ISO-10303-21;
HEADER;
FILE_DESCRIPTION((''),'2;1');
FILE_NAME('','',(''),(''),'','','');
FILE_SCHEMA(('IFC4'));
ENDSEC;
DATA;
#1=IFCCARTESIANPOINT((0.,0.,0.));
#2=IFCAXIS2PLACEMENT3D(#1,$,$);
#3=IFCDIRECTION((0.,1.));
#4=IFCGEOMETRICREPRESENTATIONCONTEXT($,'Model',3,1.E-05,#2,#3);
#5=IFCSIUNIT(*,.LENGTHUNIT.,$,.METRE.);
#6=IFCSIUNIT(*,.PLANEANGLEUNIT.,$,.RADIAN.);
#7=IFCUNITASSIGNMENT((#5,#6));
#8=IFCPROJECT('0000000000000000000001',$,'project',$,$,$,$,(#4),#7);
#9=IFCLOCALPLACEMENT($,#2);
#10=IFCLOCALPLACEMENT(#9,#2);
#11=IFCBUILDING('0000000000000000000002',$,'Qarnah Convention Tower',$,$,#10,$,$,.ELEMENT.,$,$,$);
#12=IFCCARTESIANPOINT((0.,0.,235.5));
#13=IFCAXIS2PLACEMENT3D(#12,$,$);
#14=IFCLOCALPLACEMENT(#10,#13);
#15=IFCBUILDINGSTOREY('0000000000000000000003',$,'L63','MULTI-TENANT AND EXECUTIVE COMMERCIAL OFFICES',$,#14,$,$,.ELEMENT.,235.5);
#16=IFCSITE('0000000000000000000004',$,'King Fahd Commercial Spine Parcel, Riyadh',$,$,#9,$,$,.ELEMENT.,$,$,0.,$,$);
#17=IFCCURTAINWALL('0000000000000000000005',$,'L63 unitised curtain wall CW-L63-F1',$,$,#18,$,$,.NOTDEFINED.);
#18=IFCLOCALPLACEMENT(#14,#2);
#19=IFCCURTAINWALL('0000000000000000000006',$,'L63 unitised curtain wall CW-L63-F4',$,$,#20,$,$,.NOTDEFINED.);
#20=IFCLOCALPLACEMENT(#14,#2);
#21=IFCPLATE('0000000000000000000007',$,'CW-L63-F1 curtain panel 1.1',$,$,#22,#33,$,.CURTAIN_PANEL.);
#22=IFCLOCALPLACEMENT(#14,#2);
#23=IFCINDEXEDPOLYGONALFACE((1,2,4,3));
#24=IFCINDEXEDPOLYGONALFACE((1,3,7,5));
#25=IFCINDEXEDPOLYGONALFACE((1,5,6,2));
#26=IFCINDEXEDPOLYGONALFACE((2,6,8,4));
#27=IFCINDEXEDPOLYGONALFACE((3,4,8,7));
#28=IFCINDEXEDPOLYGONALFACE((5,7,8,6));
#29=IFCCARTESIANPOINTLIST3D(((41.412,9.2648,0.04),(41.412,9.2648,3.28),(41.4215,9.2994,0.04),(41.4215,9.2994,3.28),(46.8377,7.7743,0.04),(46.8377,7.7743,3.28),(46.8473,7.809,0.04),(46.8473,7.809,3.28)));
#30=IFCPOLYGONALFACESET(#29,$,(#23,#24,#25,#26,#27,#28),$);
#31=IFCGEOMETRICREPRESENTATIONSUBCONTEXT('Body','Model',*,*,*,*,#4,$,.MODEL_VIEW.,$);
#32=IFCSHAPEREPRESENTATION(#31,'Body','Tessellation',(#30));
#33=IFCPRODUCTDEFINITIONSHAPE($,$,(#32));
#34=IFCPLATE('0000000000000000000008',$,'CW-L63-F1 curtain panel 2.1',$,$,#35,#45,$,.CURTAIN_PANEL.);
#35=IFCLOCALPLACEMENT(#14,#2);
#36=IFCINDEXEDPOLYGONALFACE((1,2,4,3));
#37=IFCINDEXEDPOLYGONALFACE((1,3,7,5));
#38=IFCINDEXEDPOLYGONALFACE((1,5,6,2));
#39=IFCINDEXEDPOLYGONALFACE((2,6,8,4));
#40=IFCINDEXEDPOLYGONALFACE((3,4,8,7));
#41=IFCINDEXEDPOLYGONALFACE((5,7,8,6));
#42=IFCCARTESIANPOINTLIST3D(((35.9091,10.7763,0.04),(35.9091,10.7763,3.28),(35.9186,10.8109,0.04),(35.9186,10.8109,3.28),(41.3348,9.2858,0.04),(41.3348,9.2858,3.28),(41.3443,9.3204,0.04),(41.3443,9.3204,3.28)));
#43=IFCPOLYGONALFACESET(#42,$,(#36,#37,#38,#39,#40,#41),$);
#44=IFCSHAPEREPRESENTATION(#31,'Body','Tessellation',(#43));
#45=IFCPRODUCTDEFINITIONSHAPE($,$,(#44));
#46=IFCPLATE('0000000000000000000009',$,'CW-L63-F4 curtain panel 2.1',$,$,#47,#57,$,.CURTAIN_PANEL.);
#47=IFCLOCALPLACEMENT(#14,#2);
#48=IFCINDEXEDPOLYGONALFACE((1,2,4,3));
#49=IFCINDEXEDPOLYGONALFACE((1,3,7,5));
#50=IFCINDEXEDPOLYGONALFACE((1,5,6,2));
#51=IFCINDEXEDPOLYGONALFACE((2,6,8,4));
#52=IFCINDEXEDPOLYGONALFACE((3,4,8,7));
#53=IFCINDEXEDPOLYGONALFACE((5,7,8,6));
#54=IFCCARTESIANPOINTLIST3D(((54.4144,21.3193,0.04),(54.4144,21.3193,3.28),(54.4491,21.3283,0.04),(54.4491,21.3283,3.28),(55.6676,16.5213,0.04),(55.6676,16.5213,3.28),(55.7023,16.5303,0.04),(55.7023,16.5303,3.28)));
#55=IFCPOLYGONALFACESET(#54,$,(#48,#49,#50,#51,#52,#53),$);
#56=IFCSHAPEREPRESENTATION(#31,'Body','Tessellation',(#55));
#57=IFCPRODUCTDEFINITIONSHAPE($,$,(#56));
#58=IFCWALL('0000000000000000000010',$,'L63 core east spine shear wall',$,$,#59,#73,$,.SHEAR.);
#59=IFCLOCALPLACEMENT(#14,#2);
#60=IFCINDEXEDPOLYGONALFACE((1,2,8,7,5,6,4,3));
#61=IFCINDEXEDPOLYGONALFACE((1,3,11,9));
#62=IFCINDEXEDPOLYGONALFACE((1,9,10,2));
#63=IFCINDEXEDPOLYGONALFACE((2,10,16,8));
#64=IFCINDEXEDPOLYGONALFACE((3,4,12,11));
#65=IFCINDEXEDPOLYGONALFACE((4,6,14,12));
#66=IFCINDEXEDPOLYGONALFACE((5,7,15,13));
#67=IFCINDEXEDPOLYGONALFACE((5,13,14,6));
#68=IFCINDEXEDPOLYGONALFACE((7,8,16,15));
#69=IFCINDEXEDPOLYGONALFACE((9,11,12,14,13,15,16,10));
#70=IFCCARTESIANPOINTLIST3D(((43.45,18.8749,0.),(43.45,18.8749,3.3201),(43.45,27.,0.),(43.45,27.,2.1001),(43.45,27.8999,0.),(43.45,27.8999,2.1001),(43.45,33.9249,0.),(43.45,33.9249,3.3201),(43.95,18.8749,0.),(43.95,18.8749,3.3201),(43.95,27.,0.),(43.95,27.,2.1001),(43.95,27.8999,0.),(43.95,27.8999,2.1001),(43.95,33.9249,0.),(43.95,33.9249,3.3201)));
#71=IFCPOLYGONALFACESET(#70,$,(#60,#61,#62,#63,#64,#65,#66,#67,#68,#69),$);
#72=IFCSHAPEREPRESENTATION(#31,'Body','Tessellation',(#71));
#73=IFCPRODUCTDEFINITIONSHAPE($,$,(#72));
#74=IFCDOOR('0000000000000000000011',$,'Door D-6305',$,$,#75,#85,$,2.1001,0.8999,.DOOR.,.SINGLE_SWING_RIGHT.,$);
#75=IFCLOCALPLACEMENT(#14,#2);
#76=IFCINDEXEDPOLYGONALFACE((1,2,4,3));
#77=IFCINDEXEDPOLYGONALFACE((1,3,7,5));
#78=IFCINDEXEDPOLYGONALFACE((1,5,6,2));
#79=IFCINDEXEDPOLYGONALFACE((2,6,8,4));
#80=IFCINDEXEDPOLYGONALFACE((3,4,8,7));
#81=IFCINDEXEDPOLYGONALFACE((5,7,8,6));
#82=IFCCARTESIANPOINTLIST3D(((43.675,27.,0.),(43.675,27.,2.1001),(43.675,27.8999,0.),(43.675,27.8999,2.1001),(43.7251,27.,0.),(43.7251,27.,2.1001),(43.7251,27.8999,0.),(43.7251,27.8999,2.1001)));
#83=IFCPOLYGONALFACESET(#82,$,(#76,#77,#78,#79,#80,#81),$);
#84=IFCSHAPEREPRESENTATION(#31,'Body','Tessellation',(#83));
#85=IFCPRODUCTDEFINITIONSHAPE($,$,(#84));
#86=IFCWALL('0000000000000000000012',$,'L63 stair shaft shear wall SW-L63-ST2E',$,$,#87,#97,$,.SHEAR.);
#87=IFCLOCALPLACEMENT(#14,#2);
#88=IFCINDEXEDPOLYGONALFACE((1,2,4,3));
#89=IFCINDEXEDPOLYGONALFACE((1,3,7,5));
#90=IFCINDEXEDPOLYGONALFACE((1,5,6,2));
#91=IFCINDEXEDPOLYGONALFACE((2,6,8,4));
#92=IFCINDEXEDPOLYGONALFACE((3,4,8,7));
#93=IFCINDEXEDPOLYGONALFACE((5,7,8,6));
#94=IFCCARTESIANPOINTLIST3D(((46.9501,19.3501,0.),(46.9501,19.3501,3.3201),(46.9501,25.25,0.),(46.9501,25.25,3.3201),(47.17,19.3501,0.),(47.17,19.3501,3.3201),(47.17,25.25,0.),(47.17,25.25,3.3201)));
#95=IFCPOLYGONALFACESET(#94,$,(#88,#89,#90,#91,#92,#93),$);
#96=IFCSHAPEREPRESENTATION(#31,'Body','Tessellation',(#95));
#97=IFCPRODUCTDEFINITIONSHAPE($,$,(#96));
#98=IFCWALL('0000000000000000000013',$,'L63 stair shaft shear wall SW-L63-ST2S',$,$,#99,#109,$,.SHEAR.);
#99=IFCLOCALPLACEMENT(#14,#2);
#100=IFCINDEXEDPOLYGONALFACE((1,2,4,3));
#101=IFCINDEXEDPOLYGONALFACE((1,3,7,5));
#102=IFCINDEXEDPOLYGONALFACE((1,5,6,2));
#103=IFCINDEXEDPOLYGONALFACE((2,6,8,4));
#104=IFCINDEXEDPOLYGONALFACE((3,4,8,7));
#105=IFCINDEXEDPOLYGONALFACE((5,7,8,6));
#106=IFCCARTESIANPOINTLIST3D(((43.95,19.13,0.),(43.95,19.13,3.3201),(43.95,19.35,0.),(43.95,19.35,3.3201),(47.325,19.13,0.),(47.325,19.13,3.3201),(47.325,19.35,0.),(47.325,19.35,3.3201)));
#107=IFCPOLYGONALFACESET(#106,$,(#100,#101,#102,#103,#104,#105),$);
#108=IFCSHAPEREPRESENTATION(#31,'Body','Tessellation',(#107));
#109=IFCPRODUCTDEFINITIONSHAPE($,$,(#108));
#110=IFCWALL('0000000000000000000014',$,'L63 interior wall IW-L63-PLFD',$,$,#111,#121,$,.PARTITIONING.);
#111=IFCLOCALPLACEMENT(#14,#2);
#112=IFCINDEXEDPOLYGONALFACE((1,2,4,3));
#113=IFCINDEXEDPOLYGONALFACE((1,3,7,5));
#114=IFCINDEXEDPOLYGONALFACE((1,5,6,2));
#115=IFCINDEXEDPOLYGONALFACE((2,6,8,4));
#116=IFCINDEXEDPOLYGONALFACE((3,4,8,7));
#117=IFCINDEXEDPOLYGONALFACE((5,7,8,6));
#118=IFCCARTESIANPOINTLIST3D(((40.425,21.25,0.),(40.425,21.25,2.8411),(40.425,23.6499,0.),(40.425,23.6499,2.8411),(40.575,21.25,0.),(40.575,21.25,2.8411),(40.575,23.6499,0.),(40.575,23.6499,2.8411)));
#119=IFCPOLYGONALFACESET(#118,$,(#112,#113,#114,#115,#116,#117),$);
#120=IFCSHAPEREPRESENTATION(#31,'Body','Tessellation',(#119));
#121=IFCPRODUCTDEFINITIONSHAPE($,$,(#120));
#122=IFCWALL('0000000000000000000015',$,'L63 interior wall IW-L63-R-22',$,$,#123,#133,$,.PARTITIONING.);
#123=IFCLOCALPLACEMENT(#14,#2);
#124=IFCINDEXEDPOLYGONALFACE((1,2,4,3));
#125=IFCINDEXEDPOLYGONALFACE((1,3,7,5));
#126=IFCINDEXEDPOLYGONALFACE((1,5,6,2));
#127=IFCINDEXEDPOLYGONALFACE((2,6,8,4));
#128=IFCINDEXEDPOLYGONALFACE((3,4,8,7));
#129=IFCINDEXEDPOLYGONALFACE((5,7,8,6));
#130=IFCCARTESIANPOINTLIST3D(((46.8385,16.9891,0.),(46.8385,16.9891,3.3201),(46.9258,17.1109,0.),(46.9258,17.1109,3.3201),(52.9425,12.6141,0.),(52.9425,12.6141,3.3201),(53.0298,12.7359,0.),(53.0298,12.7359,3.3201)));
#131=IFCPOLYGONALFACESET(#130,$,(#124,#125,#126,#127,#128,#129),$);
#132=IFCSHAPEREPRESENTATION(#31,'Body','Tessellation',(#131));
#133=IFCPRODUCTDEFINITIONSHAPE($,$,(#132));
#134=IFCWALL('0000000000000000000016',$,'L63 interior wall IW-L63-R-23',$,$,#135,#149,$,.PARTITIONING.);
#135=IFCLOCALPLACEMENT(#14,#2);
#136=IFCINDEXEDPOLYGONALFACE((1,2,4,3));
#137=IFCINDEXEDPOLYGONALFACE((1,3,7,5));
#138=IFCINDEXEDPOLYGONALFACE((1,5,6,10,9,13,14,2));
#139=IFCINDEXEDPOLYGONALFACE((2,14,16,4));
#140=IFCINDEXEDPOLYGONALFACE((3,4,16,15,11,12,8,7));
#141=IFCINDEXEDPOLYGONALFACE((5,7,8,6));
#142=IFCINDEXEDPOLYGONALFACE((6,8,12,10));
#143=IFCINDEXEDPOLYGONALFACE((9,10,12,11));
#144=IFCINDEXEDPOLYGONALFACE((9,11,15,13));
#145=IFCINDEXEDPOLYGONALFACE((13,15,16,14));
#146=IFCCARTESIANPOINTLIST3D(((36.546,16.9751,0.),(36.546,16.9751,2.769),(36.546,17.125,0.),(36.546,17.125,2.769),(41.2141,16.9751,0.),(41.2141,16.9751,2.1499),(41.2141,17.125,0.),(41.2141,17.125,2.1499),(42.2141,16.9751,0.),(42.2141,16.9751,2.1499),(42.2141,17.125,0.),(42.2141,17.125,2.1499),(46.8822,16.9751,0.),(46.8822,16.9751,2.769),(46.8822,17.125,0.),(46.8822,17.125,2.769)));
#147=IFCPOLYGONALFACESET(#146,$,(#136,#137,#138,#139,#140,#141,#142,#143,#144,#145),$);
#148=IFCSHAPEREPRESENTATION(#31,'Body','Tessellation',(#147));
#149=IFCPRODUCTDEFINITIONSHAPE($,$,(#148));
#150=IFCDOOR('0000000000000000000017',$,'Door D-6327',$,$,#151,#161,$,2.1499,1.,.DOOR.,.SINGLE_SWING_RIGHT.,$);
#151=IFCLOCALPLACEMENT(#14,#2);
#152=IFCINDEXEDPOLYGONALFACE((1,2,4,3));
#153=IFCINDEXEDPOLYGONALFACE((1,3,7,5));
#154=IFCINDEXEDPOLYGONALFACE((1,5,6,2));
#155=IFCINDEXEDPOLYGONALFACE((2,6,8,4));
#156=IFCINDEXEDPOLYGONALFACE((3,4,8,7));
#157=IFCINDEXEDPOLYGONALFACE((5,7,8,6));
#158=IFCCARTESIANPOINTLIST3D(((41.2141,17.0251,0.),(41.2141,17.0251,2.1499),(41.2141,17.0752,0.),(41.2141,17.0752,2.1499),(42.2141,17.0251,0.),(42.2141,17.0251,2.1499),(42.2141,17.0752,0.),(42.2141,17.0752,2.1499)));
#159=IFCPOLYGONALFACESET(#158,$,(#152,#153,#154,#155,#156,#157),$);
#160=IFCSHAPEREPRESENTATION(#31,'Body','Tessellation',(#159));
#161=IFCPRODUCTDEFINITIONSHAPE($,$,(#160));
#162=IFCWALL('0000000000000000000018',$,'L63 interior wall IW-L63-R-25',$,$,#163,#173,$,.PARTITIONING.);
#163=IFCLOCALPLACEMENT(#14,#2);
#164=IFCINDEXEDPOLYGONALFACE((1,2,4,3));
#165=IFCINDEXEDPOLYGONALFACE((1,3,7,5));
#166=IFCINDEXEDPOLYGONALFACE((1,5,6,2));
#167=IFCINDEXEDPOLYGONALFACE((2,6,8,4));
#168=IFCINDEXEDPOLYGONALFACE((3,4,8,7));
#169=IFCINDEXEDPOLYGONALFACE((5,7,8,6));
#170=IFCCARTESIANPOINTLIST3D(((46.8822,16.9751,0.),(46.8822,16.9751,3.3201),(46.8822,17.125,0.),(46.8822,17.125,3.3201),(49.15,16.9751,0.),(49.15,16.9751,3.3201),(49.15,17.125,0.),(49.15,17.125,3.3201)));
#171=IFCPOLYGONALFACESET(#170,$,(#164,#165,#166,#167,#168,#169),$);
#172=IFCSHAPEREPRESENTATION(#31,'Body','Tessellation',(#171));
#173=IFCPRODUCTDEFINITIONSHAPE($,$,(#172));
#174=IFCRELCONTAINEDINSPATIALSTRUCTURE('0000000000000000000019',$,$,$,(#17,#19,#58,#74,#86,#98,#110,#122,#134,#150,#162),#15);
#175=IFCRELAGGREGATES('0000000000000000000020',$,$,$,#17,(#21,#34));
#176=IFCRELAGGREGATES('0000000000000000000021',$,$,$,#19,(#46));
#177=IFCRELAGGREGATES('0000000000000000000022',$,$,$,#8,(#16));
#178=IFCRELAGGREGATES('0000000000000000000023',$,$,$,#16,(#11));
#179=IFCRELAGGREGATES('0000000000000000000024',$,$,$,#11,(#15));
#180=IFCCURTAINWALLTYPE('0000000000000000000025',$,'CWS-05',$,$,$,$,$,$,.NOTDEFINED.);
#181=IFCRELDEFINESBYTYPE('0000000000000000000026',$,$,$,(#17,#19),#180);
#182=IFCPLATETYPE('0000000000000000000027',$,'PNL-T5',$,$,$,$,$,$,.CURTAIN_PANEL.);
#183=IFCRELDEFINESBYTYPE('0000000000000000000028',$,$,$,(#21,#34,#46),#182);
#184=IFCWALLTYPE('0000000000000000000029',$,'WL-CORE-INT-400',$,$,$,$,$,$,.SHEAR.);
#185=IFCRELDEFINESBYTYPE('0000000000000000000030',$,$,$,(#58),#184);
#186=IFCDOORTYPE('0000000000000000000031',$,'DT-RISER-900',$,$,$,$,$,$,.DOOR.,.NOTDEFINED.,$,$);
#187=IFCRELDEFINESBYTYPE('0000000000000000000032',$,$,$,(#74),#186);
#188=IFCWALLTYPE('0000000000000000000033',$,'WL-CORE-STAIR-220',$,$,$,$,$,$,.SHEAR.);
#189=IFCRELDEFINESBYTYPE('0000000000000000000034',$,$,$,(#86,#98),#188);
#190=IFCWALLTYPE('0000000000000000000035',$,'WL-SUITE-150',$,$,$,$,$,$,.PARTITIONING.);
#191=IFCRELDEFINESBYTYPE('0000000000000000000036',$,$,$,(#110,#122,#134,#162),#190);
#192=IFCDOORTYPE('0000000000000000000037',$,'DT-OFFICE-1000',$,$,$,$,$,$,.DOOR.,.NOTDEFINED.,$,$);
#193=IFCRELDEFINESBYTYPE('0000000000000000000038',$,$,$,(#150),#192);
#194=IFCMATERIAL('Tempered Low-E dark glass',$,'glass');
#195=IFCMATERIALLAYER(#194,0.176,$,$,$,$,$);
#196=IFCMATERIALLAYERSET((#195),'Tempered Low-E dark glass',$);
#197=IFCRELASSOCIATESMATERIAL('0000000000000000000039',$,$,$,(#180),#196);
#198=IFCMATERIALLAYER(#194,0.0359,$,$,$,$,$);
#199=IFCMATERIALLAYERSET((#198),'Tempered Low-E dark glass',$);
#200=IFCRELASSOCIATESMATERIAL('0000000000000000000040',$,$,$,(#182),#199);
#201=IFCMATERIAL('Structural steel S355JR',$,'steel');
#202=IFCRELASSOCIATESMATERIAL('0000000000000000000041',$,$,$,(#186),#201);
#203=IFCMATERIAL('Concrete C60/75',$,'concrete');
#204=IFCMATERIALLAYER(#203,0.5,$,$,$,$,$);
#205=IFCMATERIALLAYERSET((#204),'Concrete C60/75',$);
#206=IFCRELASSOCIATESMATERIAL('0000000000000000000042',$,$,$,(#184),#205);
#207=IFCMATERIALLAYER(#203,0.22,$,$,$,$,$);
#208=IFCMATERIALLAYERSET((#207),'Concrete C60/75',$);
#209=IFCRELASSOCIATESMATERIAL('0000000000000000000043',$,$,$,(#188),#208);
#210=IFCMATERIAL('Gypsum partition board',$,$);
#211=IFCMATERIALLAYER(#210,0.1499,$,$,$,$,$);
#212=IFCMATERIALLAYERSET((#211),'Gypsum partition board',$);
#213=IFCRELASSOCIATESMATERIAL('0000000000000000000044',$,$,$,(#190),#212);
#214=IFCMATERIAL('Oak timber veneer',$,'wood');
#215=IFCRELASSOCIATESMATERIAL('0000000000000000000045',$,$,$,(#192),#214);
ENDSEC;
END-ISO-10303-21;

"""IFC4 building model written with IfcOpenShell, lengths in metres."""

from ifc_helpers import new_model, si_unit, direction, frame, frame_2d, origin, origin_2d, place, context, subcontext, project, spatial, rectangle, extrude, material, layer, layer_set, type_object, element, fill, aggregate, save


model = new_model("IFC4")

# Units and contexts
model_context = context("Model", 3, precision=1e-05, world=origin(), true_north=direction((0.0, 1.0)))
body_context = subcontext(model_context, "Body", "Model", "MODEL_VIEW")
ifc_project = project(units=[si_unit("LENGTHUNIT", "METRE"), si_unit("PLANEANGLEUNIT", "RADIAN")], contexts=[model_context])

# Site, building, storey
site_placement = place(None, origin())
site = spatial("IfcSite", under=ifc_project, at=site_placement, Name="King Fahd Commercial Spine Parcel, Riyadh", CompositionType="ELEMENT", RefElevation=0.0)
building_placement = place(site_placement, origin())
building = spatial("IfcBuilding", under=site, at=building_placement, Name="Qarnah Convention Tower", CompositionType="ELEMENT")
storey_placement = place(building_placement, frame((0.0, 0.0, 235.5)))
storey = spatial("IfcBuildingStorey", under=building, at=storey_placement, Name="L63", Description="MULTI-TENANT AND EXECUTIVE COMMERCIAL OFFICES", CompositionType="ELEMENT", Elevation=235.5)

# Shared definitions
ifc_material_1 = material(Name="Structural steel S355JR", Category="steel")

# Curtain walls
ifc_material_2 = material(Name="Tempered Low-E dark glass", Category="glass")
ifc_layer_1 = layer(ifc_material_2, 0.176)
ifc_layer_set_1 = layer_set([ifc_layer_1], Name="Tempered Low-E dark glass")
curtain_wall_type = type_object("IfcCurtainWallType", Name="CWS-05", PredefinedType="NOTDEFINED", material=ifc_layer_set_1)
curtain_wall_1_placement = place(storey_placement, origin())
curtain_wall_1 = element("IfcCurtainWall", 1, at=curtain_wall_1_placement, inside=storey, type_object=curtain_wall_type, Name="L63 unitised curtain wall CW-L63-F1", PredefinedType="NOTDEFINED")
curtain_wall_2_placement = place(storey_placement, origin())
curtain_wall_2 = element("IfcCurtainWall", 2, at=curtain_wall_2_placement, inside=storey, type_object=curtain_wall_type, Name="L63 unitised curtain wall CW-L63-F4", PredefinedType="NOTDEFINED")

# Plates
ifc_layer_2 = layer(ifc_material_2, 0.0359)
ifc_layer_set_2 = layer_set([ifc_layer_2], Name="Tempered Low-E dark glass")
plate_type = type_object("IfcPlateType", Name="PNL-T5", PredefinedType="CURTAIN_PANEL", material=ifc_layer_set_2)
plate_1_placement = place(storey_placement, frame((44.1296, 8.5369, 0.04), z_axis=(0.0, 0.0, 1.0), x_axis=(-0.96428, 0.264884, 0.0)))
plate_1 = element("IfcPlate", 3, at=plate_1_placement, type_object=plate_type, Name="CW-L63-F1 curtain panel 1.1", PredefinedType="CURTAIN_PANEL", context=body_context, shape_type="SweptSolid", body=[
    extrude(rectangle(XDim=5.6267, YDim=0.0359, at=origin_2d()), origin(), (0.0, 0.0, 1.0), 3.24),
])
plate_2_placement = place(storey_placement, frame((38.6267, 10.0483, 0.04), z_axis=(0.0, 0.0, 1.0), x_axis=(-0.96428, 0.264884, 0.0)))
plate_2 = element("IfcPlate", 4, at=plate_2_placement, type_object=plate_type, Name="CW-L63-F1 curtain panel 2.1", PredefinedType="CURTAIN_PANEL", context=body_context, shape_type="SweptSolid", body=[
    extrude(rectangle(XDim=5.6267, YDim=0.0359, at=origin_2d()), origin(), (0.0, 0.0, 1.0), 3.24),
])
aggregate(curtain_wall_1, [plate_1, plate_2])
plate_3_placement = place(storey_placement, frame((55.0583, 18.9248, 0.04), z_axis=(0.0, 0.0, 1.0), x_axis=(0.252725, -0.967538, 0.0)))
plate_3 = element("IfcPlate", 5, at=plate_3_placement, type_object=plate_type, Name="CW-L63-F4 curtain panel 2.1", PredefinedType="CURTAIN_PANEL", context=body_context, shape_type="SweptSolid", body=[
    extrude(rectangle(XDim=4.959, YDim=0.0359, at=origin_2d()), origin(), (0.0, 0.0, 1.0), 3.24),
])
aggregate(curtain_wall_2, [plate_3])

# Shared definitions
ifc_material_3 = material(Name="Concrete C60/75", Category="concrete")
door_type_1 = type_object("IfcDoorType", Name="DT-RISER-900", OperationType="NOTDEFINED", PredefinedType="DOOR", material=ifc_material_1)

# Wall, opening, door
ifc_layer_3 = layer(ifc_material_3, 0.5)
ifc_layer_set_3 = layer_set([ifc_layer_3], Name="Concrete C60/75")
wall_type_1 = type_object("IfcWallType", Name="WL-CORE-INT-400", PredefinedType="SHEAR", material=ifc_layer_set_3)
wall_1_placement = place(storey_placement, frame((43.7, 18.875, 0.0), z_axis=(0.0, 0.0, 1.0), x_axis=(0.0, 1.0, 0.0)))
wall_1 = element("IfcWall", 6, at=wall_1_placement, inside=storey, type_object=wall_type_1, Name="L63 core east spine shear wall", PredefinedType="SHEAR", context=body_context, shape_type="SweptSolid", body=[
    extrude(rectangle(XDim=15.05, YDim=0.5, at=frame_2d((7.5249, 0.0))), origin(), (0.0, 0.0, 1.0), 3.3201),
])
opening_1_placement = place(wall_1_placement, frame((8.125, 0.0, 0.0)))
opening_1 = element("IfcOpeningElement", 7, at=opening_1_placement, cuts=wall_1, PredefinedType="OPENING", context=body_context, shape_type="SweptSolid", body=[
    extrude(rectangle(XDim=0.8999, YDim=2.1001, at=frame_2d((0.45, 1.05))), frame((0.0, 0.26, 0.0), z_axis=(0.0, -1.0, 0.0), x_axis=(1.0, 0.0, 0.0)), (0.0, 0.0, 1.0), 0.52),
])
door_1_placement = place(opening_1_placement, origin())
door_1 = element("IfcDoor", 8, at=door_1_placement, inside=storey, type_object=door_type_1, Name="Door D-6305", OperationType="SINGLE_SWING_RIGHT", OverallHeight=2.1001, OverallWidth=0.8999, PredefinedType="DOOR", context=body_context, shape_type="SweptSolid", body=[
    extrude(rectangle(XDim=0.8999, YDim=2.1001, at=frame_2d((0.45, 1.05))), frame((0.0, 0.0249, 0.0), z_axis=(0.0, -1.0, 0.0), x_axis=(1.0, 0.0, 0.0)), (0.0, 0.0, 1.0), 0.05),
])
fill(opening_1, door_1)

# Walls
ifc_layer_4 = layer(ifc_material_3, 0.22)
ifc_layer_set_4 = layer_set([ifc_layer_4], Name="Concrete C60/75")
wall_type_2 = type_object("IfcWallType", Name="WL-CORE-STAIR-220", PredefinedType="SHEAR", material=ifc_layer_set_4)
wall_2_placement = place(storey_placement, frame((47.0601, 19.3501, 0.0), z_axis=(0.0, 0.0, 1.0), x_axis=(0.0, 1.0, 0.0)))
element("IfcWall", 9, at=wall_2_placement, inside=storey, type_object=wall_type_2, Name="L63 stair shaft shear wall SW-L63-ST2E", PredefinedType="SHEAR", context=body_context, shape_type="SweptSolid", body=[
    extrude(rectangle(XDim=5.8999, YDim=0.22, at=frame_2d((2.95, 0.0))), origin(), (0.0, 0.0, 1.0), 3.3201),
])
wall_3_placement = place(storey_placement, frame((43.95, 19.24, 0.0), z_axis=(0.0, 0.0, 1.0), x_axis=(1.0, 0.0, 0.0)))
element("IfcWall", 10, at=wall_3_placement, inside=storey, type_object=wall_type_2, Name="L63 stair shaft shear wall SW-L63-ST2S", PredefinedType="SHEAR", context=body_context, shape_type="SweptSolid", body=[
    extrude(rectangle(XDim=3.375, YDim=0.22, at=frame_2d((1.6875, 0.0))), origin(), (0.0, 0.0, 1.0), 3.3201),
])

# Walls
ifc_material_4 = material(Name="Gypsum partition board")
ifc_layer_5 = layer(ifc_material_4, 0.1499)
ifc_layer_set_5 = layer_set([ifc_layer_5], Name="Gypsum partition board")
wall_type_3 = type_object("IfcWallType", Name="WL-SUITE-150", PredefinedType="PARTITIONING", material=ifc_layer_set_5)
wall_4_placement = place(storey_placement, frame((40.5, 21.25, 0.0), z_axis=(0.0, 0.0, 1.0), x_axis=(0.0, 1.0, 0.0)))
element("IfcWall", 11, at=wall_4_placement, inside=storey, type_object=wall_type_3, Name="L63 interior wall IW-L63-PLFD", PredefinedType="PARTITIONING", context=body_context, shape_type="SweptSolid", body=[
    extrude(rectangle(XDim=2.3999, YDim=0.1499, at=frame_2d((1.2, 0.0))), origin(), (0.0, 0.0, 1.0), 2.8411),
])
wall_5_placement = place(storey_placement, frame((52.9861, 12.675, 0.0), z_axis=(0.0, 0.0, 1.0), x_axis=(-0.812788, 0.58256, 0.0)))
element("IfcWall", 12, at=wall_5_placement, inside=storey, type_object=wall_type_3, Name="L63 interior wall IW-L63-R-22", PredefinedType="PARTITIONING", context=body_context, shape_type="SweptSolid", body=[
    extrude(rectangle(XDim=7.51, YDim=0.1499, at=frame_2d((3.7549, 0.0))), origin(), (0.0, 0.0, 1.0), 3.3201),
])

# Wall, opening, door
wall_6_placement = place(storey_placement, frame((46.8821, 17.05, 0.0), z_axis=(0.0, 0.0, 1.0), x_axis=(-1.0, 0.0, 0.0)))
wall_6 = element("IfcWall", 13, at=wall_6_placement, inside=storey, type_object=wall_type_3, Name="L63 interior wall IW-L63-R-23", PredefinedType="PARTITIONING", context=body_context, shape_type="SweptSolid", body=[
    extrude(rectangle(XDim=10.3362, YDim=0.1499, at=frame_2d((5.168, 0.0))), origin(), (0.0, 0.0, 1.0), 2.769),
])
opening_2_placement = place(wall_6_placement, frame((4.668, 0.0, 0.0)))
opening_2 = element("IfcOpeningElement", 14, at=opening_2_placement, cuts=wall_6, PredefinedType="OPENING", context=body_context, shape_type="SweptSolid", body=[
    extrude(rectangle(XDim=1.0, YDim=2.1499, at=frame_2d((0.5, 1.075))), frame((0.0, 0.085, 0.0), z_axis=(0.0, -1.0, 0.0), x_axis=(1.0, 0.0, 0.0)), (0.0, 0.0, 1.0), 0.1699),
])
ifc_material_5 = material(Name="Oak timber veneer", Category="wood")
door_type_2 = type_object("IfcDoorType", Name="DT-OFFICE-1000", OperationType="NOTDEFINED", PredefinedType="DOOR", material=ifc_material_5)
door_2_placement = place(opening_2_placement, origin())
door_2 = element("IfcDoor", 15, at=door_2_placement, inside=storey, type_object=door_type_2, Name="Door D-6327", OperationType="SINGLE_SWING_RIGHT", OverallHeight=2.1499, OverallWidth=1.0, PredefinedType="DOOR", context=body_context, shape_type="SweptSolid", body=[
    extrude(rectangle(XDim=1.0, YDim=2.1499, at=frame_2d((0.5, 1.075))), frame((0.0, 0.0249, 0.0), z_axis=(0.0, -1.0, 0.0), x_axis=(1.0, 0.0, 0.0)), (0.0, 0.0, 1.0), 0.05),
])
fill(opening_2, door_2)

# Wall
wall_7_placement = place(storey_placement, frame((49.1499, 17.05, 0.0), z_axis=(0.0, 0.0, 1.0), x_axis=(-1.0, 0.0, 0.0)))
element("IfcWall", 16, at=wall_7_placement, inside=storey, type_object=wall_type_3, Name="L63 interior wall IW-L63-R-25", PredefinedType="PARTITIONING", context=body_context, shape_type="SweptSolid", body=[
    extrude(rectangle(XDim=2.2678, YDim=0.1499, at=frame_2d((1.1338, 0.0))), origin(), (0.0, 0.0, 1.0), 3.3201),
])

save(model, "model.ifc")
